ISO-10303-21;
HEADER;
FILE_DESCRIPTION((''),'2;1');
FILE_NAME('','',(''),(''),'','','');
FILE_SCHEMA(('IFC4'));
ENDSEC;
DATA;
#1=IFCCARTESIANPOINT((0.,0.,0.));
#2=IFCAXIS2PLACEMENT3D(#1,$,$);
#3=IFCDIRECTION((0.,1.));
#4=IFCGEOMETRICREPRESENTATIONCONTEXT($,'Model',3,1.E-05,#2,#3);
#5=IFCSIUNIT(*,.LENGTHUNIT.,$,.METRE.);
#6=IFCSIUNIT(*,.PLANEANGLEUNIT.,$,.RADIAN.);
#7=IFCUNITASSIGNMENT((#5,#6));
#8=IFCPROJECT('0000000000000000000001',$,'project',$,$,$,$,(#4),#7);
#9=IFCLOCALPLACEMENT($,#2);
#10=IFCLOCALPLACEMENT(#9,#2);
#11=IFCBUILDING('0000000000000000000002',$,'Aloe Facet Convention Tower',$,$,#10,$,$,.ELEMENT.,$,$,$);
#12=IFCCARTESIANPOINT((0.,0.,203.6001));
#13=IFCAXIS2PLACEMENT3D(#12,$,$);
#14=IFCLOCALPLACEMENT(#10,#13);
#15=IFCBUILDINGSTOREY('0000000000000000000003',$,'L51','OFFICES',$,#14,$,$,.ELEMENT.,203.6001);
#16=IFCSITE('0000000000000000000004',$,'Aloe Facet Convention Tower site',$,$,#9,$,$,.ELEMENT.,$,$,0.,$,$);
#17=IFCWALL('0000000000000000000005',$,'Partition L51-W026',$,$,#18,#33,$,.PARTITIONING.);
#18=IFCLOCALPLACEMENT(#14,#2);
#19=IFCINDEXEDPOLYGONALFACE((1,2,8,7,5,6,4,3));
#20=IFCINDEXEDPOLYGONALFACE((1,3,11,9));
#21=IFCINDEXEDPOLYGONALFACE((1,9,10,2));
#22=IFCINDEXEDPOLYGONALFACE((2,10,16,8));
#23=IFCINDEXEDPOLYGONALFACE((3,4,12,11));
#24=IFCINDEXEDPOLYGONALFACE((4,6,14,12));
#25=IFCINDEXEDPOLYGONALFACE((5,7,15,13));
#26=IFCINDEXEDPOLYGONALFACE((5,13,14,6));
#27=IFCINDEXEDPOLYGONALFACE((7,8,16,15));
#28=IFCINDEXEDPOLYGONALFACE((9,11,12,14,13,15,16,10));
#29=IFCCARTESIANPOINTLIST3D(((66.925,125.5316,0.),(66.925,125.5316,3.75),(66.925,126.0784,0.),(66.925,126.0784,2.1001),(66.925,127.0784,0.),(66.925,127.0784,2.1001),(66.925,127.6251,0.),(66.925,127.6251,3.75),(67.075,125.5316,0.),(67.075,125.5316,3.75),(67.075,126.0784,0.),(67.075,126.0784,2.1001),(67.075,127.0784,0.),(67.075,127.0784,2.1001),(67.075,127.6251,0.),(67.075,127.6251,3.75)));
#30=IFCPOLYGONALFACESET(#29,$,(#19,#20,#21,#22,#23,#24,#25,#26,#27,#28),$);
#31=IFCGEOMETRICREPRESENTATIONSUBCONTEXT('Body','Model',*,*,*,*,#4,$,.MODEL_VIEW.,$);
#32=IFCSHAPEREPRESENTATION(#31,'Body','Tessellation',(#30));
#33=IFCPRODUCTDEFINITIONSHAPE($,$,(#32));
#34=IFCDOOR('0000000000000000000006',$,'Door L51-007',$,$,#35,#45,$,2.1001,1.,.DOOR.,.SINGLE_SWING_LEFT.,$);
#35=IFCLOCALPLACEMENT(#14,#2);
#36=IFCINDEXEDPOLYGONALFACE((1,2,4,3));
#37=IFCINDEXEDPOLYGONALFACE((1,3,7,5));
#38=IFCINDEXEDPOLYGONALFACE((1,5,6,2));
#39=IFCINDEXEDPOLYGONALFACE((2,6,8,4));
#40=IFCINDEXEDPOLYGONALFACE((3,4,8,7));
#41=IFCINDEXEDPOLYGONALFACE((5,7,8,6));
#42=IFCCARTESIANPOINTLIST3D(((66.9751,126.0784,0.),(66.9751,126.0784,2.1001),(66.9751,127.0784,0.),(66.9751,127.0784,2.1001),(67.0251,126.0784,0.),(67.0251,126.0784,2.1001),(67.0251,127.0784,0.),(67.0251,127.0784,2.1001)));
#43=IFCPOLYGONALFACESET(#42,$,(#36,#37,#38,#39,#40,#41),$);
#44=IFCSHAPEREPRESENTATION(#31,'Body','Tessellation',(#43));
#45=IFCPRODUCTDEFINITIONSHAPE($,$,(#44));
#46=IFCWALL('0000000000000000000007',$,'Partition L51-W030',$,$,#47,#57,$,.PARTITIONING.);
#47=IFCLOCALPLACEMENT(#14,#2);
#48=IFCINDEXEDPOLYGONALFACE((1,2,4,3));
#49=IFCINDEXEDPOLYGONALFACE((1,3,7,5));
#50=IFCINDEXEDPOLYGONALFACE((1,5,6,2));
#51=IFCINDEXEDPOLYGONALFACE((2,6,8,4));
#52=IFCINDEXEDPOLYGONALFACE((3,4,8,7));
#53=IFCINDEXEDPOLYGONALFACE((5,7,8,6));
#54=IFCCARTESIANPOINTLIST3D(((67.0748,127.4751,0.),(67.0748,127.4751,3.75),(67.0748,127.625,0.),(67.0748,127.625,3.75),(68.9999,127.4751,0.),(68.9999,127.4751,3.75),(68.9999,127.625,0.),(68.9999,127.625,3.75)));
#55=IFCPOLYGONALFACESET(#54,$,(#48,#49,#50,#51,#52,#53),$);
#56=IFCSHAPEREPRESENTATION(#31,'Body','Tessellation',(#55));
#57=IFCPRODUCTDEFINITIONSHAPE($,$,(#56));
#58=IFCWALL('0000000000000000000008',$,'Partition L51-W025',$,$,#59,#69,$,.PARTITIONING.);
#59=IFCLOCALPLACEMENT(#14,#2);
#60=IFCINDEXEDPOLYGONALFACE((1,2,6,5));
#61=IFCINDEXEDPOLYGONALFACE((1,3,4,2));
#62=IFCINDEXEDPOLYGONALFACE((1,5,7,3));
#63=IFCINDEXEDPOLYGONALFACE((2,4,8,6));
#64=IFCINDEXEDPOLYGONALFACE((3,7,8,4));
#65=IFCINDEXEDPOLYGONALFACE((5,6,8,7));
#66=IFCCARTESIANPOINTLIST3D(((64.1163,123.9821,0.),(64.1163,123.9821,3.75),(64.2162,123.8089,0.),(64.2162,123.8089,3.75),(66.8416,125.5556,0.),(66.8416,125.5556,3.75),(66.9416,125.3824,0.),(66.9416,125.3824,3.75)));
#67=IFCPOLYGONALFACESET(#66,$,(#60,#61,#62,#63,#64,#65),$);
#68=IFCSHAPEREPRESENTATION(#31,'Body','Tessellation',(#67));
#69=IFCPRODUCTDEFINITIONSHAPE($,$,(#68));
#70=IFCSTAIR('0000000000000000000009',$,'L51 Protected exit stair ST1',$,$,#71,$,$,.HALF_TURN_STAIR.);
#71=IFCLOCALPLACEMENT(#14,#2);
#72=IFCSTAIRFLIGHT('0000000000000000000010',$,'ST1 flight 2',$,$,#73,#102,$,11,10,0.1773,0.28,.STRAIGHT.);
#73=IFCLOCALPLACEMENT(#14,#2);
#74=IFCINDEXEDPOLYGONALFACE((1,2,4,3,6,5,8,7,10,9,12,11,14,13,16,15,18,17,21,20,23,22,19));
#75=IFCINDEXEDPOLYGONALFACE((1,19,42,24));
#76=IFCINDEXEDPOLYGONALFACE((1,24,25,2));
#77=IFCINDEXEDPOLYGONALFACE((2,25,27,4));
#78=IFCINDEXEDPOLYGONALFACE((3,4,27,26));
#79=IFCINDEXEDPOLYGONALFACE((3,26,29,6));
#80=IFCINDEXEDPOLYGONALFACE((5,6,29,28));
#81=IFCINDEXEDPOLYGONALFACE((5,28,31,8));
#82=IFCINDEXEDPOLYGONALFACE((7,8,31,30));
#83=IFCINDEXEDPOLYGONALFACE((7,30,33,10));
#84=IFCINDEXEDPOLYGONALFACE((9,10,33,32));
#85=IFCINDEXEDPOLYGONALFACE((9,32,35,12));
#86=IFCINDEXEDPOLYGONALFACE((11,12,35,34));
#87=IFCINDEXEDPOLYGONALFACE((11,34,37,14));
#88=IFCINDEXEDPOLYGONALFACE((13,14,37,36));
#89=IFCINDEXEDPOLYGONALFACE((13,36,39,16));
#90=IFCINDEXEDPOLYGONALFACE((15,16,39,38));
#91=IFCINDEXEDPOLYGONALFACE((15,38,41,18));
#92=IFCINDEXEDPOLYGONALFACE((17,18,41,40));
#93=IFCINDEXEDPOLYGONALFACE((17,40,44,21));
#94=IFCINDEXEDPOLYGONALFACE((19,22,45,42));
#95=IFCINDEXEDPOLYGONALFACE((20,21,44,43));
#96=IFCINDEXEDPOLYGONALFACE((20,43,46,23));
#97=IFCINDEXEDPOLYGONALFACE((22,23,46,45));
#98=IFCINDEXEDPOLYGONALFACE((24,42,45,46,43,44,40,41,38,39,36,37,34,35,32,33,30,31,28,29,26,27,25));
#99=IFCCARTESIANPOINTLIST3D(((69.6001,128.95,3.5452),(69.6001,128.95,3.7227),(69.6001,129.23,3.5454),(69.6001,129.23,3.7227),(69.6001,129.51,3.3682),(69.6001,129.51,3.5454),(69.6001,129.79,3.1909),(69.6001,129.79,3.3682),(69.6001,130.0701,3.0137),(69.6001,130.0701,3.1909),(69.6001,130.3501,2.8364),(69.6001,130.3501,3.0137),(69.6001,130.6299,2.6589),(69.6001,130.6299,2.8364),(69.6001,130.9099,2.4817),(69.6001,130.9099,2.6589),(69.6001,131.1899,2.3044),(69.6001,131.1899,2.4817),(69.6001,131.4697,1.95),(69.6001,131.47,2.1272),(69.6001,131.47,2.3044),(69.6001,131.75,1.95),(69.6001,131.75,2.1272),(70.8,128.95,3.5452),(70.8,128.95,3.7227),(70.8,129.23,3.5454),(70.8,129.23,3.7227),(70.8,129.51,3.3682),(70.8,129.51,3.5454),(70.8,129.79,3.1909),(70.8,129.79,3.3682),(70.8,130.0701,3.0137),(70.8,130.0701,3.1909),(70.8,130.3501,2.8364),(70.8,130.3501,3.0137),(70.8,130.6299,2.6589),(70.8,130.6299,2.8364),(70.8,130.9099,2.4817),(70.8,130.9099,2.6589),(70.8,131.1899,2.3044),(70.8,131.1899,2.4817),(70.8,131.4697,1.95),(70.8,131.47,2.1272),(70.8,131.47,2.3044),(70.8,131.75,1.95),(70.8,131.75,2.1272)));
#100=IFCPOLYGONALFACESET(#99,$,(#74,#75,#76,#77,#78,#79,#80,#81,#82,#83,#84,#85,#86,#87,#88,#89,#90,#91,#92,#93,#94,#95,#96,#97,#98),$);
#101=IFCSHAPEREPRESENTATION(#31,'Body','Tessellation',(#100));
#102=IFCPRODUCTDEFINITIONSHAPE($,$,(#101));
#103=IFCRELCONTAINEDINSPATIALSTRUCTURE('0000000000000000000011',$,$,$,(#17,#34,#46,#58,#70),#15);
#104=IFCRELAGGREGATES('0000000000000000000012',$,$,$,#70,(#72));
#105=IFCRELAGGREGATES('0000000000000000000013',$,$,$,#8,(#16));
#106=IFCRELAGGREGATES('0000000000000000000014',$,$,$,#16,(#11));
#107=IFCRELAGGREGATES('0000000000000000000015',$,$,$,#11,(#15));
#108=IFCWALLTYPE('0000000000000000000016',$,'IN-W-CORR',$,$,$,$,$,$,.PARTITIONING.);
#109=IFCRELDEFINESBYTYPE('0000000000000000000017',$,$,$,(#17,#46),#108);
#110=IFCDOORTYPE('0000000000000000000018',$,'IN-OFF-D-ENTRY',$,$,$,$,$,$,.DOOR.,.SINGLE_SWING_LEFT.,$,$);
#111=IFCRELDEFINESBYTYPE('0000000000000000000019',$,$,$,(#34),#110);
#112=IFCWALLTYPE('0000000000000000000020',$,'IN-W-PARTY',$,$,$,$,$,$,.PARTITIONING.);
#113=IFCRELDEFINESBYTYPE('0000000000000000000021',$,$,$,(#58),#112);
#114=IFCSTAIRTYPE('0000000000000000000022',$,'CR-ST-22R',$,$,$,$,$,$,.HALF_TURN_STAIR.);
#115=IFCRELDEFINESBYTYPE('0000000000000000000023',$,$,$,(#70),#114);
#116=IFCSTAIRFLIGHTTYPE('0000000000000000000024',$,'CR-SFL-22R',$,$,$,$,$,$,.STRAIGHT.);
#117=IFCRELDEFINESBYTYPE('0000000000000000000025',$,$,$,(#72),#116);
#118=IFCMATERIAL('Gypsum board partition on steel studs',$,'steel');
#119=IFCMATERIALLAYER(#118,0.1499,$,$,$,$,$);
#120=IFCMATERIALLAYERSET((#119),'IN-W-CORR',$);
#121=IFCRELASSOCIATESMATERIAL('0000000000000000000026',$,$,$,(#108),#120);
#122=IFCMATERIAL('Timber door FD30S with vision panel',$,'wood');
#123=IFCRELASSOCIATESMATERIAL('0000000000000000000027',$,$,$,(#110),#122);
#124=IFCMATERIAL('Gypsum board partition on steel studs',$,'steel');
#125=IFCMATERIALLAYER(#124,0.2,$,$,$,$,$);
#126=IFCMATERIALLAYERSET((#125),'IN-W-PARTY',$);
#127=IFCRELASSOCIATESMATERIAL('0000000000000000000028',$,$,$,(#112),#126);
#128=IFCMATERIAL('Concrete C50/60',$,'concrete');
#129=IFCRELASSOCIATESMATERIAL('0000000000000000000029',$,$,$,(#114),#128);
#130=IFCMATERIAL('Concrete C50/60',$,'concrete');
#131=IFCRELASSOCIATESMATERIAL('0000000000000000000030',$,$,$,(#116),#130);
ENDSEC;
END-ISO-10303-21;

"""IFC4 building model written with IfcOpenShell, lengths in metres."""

from ifc_helpers import new_model, si_unit, direction, frame, frame_2d, origin, place, context, subcontext, project, spatial, polyline, rectangle, outline, extrude, material, layer, layer_set, type_object, element, fill, aggregate, save


model = new_model("IFC4")

# Units and contexts
model_context = context("Model", 3, precision=1e-05, world=origin(), true_north=direction((0.0, 1.0)))
body_context = subcontext(model_context, "Body", "Model", "MODEL_VIEW")
ifc_project = project(units=[si_unit("LENGTHUNIT", "METRE"), si_unit("PLANEANGLEUNIT", "RADIAN")], contexts=[model_context])

# Site, building, storey
site_placement = place(None, origin())
site = spatial("IfcSite", under=ifc_project, at=site_placement, Name="Aloe Facet Convention Tower site", CompositionType="ELEMENT", RefElevation=0.0)
building_placement = place(site_placement, origin())
building = spatial("IfcBuilding", under=site, at=building_placement, Name="Aloe Facet Convention Tower", CompositionType="ELEMENT")
storey_placement = place(building_placement, frame((0.0, 0.0, 203.6001)))
storey = spatial("IfcBuildingStorey", under=building, at=storey_placement, Name="L51", Description="OFFICES", CompositionType="ELEMENT", Elevation=203.6001)

# Wall, opening, door
ifc_material_1 = material(Name="Gypsum board partition on steel studs", Category="steel")
ifc_layer_1 = layer(ifc_material_1, 0.1499)
ifc_layer_set_1 = layer_set([ifc_layer_1], Name="IN-W-CORR")
wall_type_1 = type_object("IfcWallType", Name="IN-W-CORR", PredefinedType="PARTITIONING", material=ifc_layer_set_1)
wall_1_placement = place(storey_placement, frame((67.0, 125.5315, 0.0), z_axis=(0.0, 0.0, 1.0), x_axis=(0.0, 1.0, 0.0)))
wall_1 = element("IfcWall", 1, at=wall_1_placement, inside=storey, type_object=wall_type_1, Name="Partition L51-W026", PredefinedType="PARTITIONING", context=body_context, shape_type="SweptSolid", body=[
    extrude(rectangle(XDim=2.0935, YDim=0.1499, at=frame_2d((1.0469, 0.0))), origin(), (0.0, 0.0, 1.0), 3.75),
])
opening_1_placement = place(wall_1_placement, frame((0.5469, 0.0, 0.0)))
opening_1 = element("IfcOpeningElement", 2, at=opening_1_placement, cuts=wall_1, PredefinedType="OPENING", context=body_context, shape_type="SweptSolid", body=[
    extrude(rectangle(XDim=1.0, YDim=2.1001, at=frame_2d((0.5, 1.05))), frame((0.0, 0.085, 0.0), z_axis=(0.0, -1.0, 0.0), x_axis=(1.0, 0.0, 0.0)), (0.0, 0.0, 1.0), 0.1699),
])
ifc_material_2 = material(Name="Timber door FD30S with vision panel", Category="wood")
door_type_1 = type_object("IfcDoorType", Name="IN-OFF-D-ENTRY", OperationType="SINGLE_SWING_LEFT", PredefinedType="DOOR", material=ifc_material_2)
door_1_placement = place(opening_1_placement, origin())
door_1 = element("IfcDoor", 3, at=door_1_placement, inside=storey, type_object=door_type_1, Name="Door L51-007", OperationType="SINGLE_SWING_LEFT", OverallHeight=2.1001, OverallWidth=1.0, PredefinedType="DOOR", context=body_context, shape_type="SweptSolid", body=[
    extrude(rectangle(XDim=1.0, YDim=2.1001, at=frame_2d((0.5, 1.05))), frame((0.0, 0.0249, 0.0), z_axis=(0.0, -1.0, 0.0), x_axis=(1.0, 0.0, 0.0)), (0.0, 0.0, 1.0), 0.05),
])
fill(opening_1, door_1)

# Walls
wall_2_placement = place(storey_placement, frame((67.075, 127.55, 0.0), z_axis=(0.0, 0.0, 1.0), x_axis=(1.0, 0.0, 0.0)))
element("IfcWall", 4, at=wall_2_placement, inside=storey, type_object=wall_type_1, Name="Partition L51-W030", PredefinedType="PARTITIONING", context=body_context, shape_type="SweptSolid", body=[
    extrude(rectangle(XDim=1.925, YDim=0.1499, at=frame_2d((0.9624, 0.0))), origin(), (0.0, 0.0, 1.0), 3.75),
])
ifc_material_3 = material(Name="Gypsum board partition on steel studs", Category="steel")
ifc_layer_2 = layer(ifc_material_3, 0.2)
ifc_layer_set_2 = layer_set([ifc_layer_2], Name="IN-W-PARTY")
wall_type_2 = type_object("IfcWallType", Name="IN-W-PARTY", PredefinedType="PARTITIONING", material=ifc_layer_set_2)
wall_3_placement = place(storey_placement, frame((64.1663, 123.8955, 0.0), z_axis=(0.0, 0.0, 1.0), x_axis=(0.866024, 0.500002, 0.0)))
element("IfcWall", 5, at=wall_3_placement, inside=storey, type_object=wall_type_2, Name="Partition L51-W025", PredefinedType="PARTITIONING", context=body_context, shape_type="SweptSolid", body=[
    extrude(rectangle(XDim=3.147, YDim=0.2, at=frame_2d((1.5735, 0.0))), origin(), (0.0, 0.0, 1.0), 3.75),
])

# Stair, stair flight
ifc_material_4 = material(Name="Concrete C50/60", Category="concrete")
stair_type = type_object("IfcStairType", Name="CR-ST-22R", PredefinedType="HALF_TURN_STAIR", material=ifc_material_4)
stair_placement = place(storey_placement, origin())
stair = element("IfcStair", 6, at=stair_placement, inside=storey, type_object=stair_type, Name="L51 Protected exit stair ST1", PredefinedType="HALF_TURN_STAIR")
ifc_material_5 = material(Name="Concrete C50/60", Category="concrete")
stair_flight_type = type_object("IfcStairFlightType", Name="CR-SFL-22R", PredefinedType="STRAIGHT", material=ifc_material_5)
stair_flight_placement = place(storey_placement, frame((70.2, 131.75, 1.95), z_axis=(0.0, 0.0, 1.0), x_axis=(0.0, -1.0, 0.0)))
stair_flight = element("IfcStairFlight", 7, at=stair_flight_placement, type_object=stair_flight_type, Name="ST1 flight 2", NumberOfRisers=11, NumberOfTreads=10, PredefinedType="STRAIGHT", RiserHeight=0.1773, TreadLength=0.28, context=body_context, shape_type="SweptSolid", body=[
    extrude(outline(polyline([(0.0, 0.0), (0.0, 0.1772), (0.28, 0.1772), (0.28, 0.3545), (0.5601, 0.3545), (0.5601, 0.5317), (0.8401, 0.5317), (0.8401, 0.709), (1.1201, 0.709), (1.1201, 0.8865), (1.3999, 0.8865), (1.3999, 1.0637), (1.6799, 1.0637), (1.6799, 1.241), (1.96, 1.241), (1.96, 1.4182), (2.24, 1.4182), (2.24, 1.5955), (2.52, 1.5955), (2.52, 1.7727), (2.8, 1.7727), (2.8, 1.95), (2.8, 1.5952), (0.2803, 0.0), (0.0, 0.0)])), frame((0.0, 0.6001, 0.0), z_axis=(0.0, -1.0, 0.0), x_axis=(1.0, 0.0, 0.0)), (0.0, 0.0, 1.0), 1.2),
])
aggregate(stair, [stair_flight])

save(model, "model.ifc")
